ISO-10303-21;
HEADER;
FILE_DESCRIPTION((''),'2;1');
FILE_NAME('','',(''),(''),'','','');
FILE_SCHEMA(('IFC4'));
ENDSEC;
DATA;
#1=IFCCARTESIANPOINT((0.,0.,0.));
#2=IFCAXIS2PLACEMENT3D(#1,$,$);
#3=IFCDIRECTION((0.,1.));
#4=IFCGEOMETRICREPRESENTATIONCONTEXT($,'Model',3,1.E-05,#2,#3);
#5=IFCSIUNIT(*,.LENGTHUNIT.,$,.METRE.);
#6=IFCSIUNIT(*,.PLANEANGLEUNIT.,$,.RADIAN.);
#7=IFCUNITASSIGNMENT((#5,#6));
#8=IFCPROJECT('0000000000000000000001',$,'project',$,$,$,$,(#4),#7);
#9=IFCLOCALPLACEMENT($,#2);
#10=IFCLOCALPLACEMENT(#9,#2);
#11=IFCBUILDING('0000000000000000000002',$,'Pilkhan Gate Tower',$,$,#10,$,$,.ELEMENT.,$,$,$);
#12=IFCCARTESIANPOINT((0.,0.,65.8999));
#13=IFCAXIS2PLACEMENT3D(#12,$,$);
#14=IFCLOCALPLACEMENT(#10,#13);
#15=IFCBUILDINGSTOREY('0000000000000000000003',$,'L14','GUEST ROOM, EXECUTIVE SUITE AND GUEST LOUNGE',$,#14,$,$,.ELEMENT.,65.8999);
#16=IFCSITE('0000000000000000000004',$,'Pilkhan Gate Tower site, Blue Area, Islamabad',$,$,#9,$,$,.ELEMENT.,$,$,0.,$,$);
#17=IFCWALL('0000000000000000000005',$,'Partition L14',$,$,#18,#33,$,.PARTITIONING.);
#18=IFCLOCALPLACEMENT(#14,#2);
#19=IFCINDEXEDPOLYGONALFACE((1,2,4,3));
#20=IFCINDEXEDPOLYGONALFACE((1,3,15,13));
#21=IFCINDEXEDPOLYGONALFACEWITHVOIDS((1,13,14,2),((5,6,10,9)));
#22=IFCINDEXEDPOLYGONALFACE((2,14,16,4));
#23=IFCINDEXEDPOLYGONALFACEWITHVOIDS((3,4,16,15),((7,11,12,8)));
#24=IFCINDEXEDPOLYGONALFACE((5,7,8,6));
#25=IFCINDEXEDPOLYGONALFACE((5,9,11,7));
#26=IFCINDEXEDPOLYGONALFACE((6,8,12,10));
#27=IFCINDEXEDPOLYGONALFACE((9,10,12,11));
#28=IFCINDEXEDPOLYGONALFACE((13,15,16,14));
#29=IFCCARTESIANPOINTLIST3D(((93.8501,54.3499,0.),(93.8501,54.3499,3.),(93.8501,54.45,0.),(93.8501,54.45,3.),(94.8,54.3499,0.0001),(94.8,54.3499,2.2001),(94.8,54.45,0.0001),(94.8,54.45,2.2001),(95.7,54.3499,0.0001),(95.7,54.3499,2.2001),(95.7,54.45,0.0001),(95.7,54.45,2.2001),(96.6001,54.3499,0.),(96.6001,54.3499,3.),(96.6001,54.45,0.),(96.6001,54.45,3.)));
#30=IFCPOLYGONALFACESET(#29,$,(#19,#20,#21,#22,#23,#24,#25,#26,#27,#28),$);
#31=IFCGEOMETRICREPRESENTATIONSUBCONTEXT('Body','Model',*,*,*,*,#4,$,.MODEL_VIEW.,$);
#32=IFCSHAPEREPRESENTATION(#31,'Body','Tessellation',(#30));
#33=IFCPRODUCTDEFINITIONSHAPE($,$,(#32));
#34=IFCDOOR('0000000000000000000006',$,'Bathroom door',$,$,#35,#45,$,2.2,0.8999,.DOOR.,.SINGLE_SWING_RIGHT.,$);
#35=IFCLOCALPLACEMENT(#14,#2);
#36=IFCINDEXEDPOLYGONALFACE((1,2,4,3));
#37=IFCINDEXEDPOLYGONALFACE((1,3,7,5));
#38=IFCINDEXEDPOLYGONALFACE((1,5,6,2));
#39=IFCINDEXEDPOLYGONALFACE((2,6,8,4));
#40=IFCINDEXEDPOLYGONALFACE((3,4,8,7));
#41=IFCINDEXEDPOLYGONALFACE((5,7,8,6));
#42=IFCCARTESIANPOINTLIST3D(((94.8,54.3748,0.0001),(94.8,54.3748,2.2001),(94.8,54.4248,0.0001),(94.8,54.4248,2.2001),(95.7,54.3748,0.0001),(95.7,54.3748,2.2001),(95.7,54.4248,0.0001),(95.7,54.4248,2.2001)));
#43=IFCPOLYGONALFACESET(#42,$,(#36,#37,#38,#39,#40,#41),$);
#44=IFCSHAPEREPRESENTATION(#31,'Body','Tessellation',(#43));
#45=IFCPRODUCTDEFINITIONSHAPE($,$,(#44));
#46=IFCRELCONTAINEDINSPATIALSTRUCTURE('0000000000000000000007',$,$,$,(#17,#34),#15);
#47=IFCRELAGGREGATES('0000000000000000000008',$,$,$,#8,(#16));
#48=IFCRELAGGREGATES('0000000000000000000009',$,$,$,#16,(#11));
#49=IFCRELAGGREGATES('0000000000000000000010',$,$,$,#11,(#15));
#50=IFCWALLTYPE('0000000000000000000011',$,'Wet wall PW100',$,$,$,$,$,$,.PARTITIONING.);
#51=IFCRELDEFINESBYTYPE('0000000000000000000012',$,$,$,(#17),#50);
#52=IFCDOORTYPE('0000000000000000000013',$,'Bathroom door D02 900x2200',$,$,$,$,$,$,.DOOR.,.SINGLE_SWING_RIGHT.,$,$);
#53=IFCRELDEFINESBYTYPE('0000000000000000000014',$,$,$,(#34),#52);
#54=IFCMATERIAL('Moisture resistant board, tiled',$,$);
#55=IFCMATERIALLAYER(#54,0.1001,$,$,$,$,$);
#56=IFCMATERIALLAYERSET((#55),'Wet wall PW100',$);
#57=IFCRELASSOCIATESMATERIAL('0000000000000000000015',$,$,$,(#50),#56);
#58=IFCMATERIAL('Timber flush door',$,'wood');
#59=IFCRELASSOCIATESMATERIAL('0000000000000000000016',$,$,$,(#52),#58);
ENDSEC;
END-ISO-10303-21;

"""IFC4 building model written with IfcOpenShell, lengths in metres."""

from ifc_helpers import new_model, si_unit, direction, frame, frame_2d, origin, place, context, subcontext, project, spatial, rectangle, extrude, material, layer, layer_set, type_object, element, fill, save


model = new_model("IFC4")

# Units and contexts
model_context = context("Model", 3, precision=1e-05, world=origin(), true_north=direction((0.0, 1.0)))
body_context = subcontext(model_context, "Body", "Model", "MODEL_VIEW")
ifc_project = project(units=[si_unit("LENGTHUNIT", "METRE"), si_unit("PLANEANGLEUNIT", "RADIAN")], contexts=[model_context])

# Site, building, storey
site_placement = place(None, origin())
site = spatial("IfcSite", under=ifc_project, at=site_placement, Name="Pilkhan Gate Tower site, Blue Area, Islamabad", CompositionType="ELEMENT", RefElevation=0.0)
building_placement = place(site_placement, origin())
building = spatial("IfcBuilding", under=site, at=building_placement, Name="Pilkhan Gate Tower", CompositionType="ELEMENT")
storey_placement = place(building_placement, frame((0.0, 0.0, 65.8999)))
storey = spatial("IfcBuildingStorey", under=building, at=storey_placement, Name="L14", Description="GUEST ROOM, EXECUTIVE SUITE AND GUEST LOUNGE", CompositionType="ELEMENT", Elevation=65.8999)

# Wall, opening, door
ifc_material_1 = material(Name="Moisture resistant board, tiled")
ifc_layer_1 = layer(ifc_material_1, 0.1001)
ifc_layer_set_1 = layer_set([ifc_layer_1], Name="Wet wall PW100")
wall_type_1 = type_object("IfcWallType", Name="Wet wall PW100", PredefinedType="PARTITIONING", material=ifc_layer_set_1)
wall_1_placement = place(storey_placement, frame((93.8501, 54.3999, 0.0), z_axis=(0.0, 0.0, 1.0), x_axis=(1.0, 0.0, 0.0)))
wall_1 = element("IfcWall", 1, at=wall_1_placement, inside=storey, type_object=wall_type_1, Name="Partition L14", PredefinedType="PARTITIONING", context=body_context, shape_type="SweptSolid", body=[
    extrude(rectangle(XDim=2.75, YDim=0.1001, at=frame_2d((1.375, 0.0))), origin(), (0.0, 0.0, 1.0), 3.0),
])
opening_1_placement = place(wall_1_placement, frame((0.95, 0.0, 0.0)))
opening_1 = element("IfcOpeningElement", 2, at=opening_1_placement, cuts=wall_1, PredefinedType="OPENING", context=body_context, shape_type="SweptSolid", body=[
    extrude(rectangle(XDim=0.8999, YDim=2.2, at=frame_2d((0.45, 1.1001))), frame((0.0, 0.0601, 0.0), z_axis=(0.0, -1.0, 0.0), x_axis=(1.0, 0.0, 0.0)), (0.0, 0.0, 1.0), 0.1201),
])
ifc_material_2 = material(Name="Timber flush door", Category="wood")
door_type_1 = type_object("IfcDoorType", Name="Bathroom door D02 900x2200", OperationType="SINGLE_SWING_RIGHT", PredefinedType="DOOR", material=ifc_material_2)
door_1_placement = place(opening_1_placement, origin())
door_1 = element("IfcDoor", 3, at=door_1_placement, inside=storey, type_object=door_type_1, Name="Bathroom door", OperationType="SINGLE_SWING_RIGHT", OverallHeight=2.2, OverallWidth=0.8999, PredefinedType="DOOR", context=body_context, shape_type="SweptSolid", body=[
    extrude(rectangle(XDim=0.8999, YDim=2.2, at=frame_2d((0.45, 1.1001))), frame((0.0, 0.0249, 0.0), z_axis=(0.0, -1.0, 0.0), x_axis=(1.0, 0.0, 0.0)), (0.0, 0.0, 1.0), 0.05),
])
fill(opening_1, door_1)

save(model, "model.ifc")
